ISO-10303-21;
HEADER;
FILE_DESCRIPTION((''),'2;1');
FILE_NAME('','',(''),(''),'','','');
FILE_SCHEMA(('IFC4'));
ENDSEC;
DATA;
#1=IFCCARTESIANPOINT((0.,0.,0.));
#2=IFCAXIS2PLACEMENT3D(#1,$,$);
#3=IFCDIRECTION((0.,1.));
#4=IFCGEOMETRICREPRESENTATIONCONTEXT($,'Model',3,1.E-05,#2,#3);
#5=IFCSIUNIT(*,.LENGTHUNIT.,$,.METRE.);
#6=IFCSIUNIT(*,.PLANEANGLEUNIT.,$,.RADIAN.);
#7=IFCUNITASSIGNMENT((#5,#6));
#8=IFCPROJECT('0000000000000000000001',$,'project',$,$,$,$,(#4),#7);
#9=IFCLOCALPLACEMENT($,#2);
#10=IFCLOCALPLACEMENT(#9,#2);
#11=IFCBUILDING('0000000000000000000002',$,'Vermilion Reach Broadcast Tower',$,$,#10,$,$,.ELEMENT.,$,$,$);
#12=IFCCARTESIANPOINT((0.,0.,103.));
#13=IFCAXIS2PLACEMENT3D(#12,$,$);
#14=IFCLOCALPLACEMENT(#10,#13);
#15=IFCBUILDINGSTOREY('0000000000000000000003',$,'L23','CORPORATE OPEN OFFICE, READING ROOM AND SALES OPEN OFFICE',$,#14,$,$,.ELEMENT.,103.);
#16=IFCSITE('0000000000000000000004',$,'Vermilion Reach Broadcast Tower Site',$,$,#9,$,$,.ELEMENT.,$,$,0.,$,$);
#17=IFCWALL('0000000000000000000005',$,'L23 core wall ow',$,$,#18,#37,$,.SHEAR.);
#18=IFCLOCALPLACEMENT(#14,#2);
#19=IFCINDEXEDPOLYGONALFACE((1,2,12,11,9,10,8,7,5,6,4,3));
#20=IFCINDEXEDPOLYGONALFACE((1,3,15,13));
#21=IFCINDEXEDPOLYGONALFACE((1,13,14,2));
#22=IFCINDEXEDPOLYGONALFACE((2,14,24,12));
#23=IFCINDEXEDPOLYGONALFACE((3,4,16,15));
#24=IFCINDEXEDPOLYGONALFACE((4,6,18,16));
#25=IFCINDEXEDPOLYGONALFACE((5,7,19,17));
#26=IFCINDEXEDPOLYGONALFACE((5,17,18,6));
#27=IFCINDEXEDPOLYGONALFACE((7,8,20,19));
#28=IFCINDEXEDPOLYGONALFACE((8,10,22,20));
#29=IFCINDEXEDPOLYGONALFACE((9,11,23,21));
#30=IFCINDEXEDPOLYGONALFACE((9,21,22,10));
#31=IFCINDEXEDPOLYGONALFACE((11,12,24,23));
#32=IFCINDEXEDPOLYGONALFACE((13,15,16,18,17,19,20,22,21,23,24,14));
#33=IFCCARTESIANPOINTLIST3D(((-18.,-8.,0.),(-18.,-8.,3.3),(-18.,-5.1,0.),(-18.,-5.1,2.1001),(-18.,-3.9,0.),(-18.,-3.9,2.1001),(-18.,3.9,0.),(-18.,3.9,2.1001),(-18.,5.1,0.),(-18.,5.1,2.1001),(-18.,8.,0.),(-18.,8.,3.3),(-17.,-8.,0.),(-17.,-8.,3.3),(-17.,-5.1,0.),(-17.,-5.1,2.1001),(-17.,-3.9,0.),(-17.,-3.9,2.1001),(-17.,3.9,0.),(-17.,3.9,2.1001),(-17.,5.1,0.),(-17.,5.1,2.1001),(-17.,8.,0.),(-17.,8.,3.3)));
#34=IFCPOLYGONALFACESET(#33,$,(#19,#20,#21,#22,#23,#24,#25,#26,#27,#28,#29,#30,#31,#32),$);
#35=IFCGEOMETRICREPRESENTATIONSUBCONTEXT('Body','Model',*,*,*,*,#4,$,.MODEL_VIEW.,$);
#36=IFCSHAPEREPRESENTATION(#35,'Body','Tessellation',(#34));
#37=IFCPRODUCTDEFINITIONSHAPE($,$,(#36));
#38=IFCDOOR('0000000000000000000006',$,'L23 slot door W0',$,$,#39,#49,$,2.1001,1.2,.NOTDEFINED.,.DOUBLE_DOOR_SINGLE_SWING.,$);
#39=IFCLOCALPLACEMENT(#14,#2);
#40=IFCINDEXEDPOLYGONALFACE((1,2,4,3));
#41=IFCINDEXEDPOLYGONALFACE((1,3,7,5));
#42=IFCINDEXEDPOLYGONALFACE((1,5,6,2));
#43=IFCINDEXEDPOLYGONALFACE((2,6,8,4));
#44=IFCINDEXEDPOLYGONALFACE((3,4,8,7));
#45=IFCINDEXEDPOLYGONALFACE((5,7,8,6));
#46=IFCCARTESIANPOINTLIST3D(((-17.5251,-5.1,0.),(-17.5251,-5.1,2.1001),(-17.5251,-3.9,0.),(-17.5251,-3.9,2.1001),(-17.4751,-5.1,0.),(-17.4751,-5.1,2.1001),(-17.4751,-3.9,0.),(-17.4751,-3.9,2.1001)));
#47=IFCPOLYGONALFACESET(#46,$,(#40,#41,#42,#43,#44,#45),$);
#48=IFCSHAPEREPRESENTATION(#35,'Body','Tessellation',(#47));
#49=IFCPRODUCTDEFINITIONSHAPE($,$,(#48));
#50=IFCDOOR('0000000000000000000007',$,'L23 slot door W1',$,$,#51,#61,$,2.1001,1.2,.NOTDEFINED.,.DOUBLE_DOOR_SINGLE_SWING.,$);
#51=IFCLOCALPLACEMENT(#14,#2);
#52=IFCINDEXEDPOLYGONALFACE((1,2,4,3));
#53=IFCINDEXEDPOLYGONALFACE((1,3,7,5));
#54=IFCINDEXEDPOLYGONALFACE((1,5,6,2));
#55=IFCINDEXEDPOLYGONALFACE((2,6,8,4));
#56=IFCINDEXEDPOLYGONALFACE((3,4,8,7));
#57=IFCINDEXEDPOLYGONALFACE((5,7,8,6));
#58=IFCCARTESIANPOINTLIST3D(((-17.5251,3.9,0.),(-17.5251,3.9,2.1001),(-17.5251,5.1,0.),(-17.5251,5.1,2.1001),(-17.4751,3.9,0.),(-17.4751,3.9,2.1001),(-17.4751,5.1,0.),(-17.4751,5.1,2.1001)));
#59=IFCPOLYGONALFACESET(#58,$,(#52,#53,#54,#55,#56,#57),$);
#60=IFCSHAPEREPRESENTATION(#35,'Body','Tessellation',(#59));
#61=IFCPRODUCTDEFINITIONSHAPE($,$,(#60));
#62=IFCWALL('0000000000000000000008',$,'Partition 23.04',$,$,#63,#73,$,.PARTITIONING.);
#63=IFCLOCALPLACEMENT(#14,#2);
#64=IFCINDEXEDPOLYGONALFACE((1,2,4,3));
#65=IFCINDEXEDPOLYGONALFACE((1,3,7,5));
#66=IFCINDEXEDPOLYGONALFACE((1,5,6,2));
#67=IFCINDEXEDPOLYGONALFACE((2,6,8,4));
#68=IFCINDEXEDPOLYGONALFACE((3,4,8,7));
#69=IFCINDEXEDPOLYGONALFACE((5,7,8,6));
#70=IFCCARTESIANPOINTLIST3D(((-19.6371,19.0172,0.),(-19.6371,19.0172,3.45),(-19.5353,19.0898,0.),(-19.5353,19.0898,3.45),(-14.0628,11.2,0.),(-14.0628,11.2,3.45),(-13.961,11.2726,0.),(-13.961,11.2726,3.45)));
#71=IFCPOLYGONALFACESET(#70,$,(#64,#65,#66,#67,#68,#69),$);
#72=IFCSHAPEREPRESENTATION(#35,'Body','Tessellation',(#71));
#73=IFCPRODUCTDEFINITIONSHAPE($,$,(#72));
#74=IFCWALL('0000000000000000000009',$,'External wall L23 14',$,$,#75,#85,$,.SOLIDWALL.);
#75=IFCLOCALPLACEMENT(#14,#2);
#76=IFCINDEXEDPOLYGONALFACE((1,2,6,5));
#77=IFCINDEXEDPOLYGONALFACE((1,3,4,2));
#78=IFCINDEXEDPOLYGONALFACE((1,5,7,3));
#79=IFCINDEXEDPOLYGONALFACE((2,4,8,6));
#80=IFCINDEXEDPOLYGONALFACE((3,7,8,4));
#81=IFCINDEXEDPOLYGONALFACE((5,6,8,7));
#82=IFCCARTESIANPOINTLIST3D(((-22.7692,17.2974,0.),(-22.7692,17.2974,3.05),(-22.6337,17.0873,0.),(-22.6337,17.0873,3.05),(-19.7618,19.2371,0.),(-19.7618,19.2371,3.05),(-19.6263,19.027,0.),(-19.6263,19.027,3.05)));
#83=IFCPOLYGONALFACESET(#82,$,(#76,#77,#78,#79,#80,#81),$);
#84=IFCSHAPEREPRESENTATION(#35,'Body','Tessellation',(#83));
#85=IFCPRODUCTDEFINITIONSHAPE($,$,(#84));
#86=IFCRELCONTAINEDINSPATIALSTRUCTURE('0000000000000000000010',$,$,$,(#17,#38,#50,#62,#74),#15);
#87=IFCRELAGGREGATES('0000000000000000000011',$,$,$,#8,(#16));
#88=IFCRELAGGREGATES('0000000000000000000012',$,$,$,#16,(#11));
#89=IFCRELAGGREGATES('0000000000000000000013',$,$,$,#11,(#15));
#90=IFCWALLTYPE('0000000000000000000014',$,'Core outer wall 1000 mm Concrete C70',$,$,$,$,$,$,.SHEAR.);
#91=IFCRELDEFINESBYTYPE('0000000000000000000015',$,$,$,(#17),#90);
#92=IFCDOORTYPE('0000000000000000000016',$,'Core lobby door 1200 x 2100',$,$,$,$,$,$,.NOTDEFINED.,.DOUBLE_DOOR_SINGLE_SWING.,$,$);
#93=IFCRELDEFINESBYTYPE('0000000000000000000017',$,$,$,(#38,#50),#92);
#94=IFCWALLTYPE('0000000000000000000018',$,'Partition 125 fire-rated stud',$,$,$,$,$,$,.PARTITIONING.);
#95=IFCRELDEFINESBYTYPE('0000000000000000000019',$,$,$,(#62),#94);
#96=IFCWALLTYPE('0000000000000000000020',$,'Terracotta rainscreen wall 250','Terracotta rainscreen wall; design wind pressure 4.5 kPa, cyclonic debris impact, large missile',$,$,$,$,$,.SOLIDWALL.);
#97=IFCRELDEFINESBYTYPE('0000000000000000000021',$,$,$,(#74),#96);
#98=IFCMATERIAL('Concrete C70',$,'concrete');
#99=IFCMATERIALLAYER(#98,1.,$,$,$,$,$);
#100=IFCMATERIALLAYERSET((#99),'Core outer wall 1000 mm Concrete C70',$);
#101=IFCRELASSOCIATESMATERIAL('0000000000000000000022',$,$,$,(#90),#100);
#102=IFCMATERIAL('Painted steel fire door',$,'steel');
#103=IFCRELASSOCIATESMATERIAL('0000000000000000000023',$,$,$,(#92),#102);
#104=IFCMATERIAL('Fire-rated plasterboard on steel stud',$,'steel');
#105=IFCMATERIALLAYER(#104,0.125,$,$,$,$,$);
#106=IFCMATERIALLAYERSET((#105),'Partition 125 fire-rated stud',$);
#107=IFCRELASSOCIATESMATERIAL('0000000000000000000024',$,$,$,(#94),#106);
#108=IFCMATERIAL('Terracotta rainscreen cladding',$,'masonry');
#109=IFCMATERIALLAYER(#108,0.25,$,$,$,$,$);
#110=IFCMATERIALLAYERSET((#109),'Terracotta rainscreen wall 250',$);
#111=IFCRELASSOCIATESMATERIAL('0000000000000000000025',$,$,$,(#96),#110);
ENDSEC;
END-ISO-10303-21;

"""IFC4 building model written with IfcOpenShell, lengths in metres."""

from ifc_helpers import new_model, si_unit, direction, frame, frame_2d, origin, place, context, subcontext, project, spatial, rectangle, extrude, material, layer, layer_set, type_object, element, fill, save


model = new_model("IFC4")

# Units and contexts
model_context = context("Model", 3, precision=1e-05, world=origin(), true_north=direction((0.0, 1.0)))
body_context = subcontext(model_context, "Body", "Model", "MODEL_VIEW")
ifc_project = project(units=[si_unit("LENGTHUNIT", "METRE"), si_unit("PLANEANGLEUNIT", "RADIAN")], contexts=[model_context])

# Site, building, storey
site_placement = place(None, origin())
site = spatial("IfcSite", under=ifc_project, at=site_placement, Name="Vermilion Reach Broadcast Tower Site", CompositionType="ELEMENT", RefElevation=0.0)
building_placement = place(site_placement, origin())
building = spatial("IfcBuilding", under=site, at=building_placement, Name="Vermilion Reach Broadcast Tower", CompositionType="ELEMENT")
storey_placement = place(building_placement, frame((0.0, 0.0, 103.0)))
storey = spatial("IfcBuildingStorey", under=building, at=storey_placement, Name="L23", Description="CORPORATE OPEN OFFICE, READING ROOM AND SALES OPEN OFFICE", CompositionType="ELEMENT", Elevation=103.0)

# Wall, openings, doors
ifc_material_1 = material(Name="Concrete C70", Category="concrete")
ifc_layer_1 = layer(ifc_material_1, 1.0)
ifc_layer_set_1 = layer_set([ifc_layer_1], Name="Core outer wall 1000 mm Concrete C70")
wall_type_1 = type_object("IfcWallType", Name="Core outer wall 1000 mm Concrete C70", PredefinedType="SHEAR", material=ifc_layer_set_1)
wall_1_placement = place(storey_placement, frame((-17.5, 8.0, 0.0), z_axis=(0.0, 0.0, 1.0), x_axis=(0.0, -1.0, 0.0)))
wall_1 = element("IfcWall", 1, at=wall_1_placement, inside=storey, type_object=wall_type_1, Name="L23 core wall ow", PredefinedType="SHEAR", context=body_context, shape_type="SweptSolid", body=[
    extrude(rectangle(XDim=16.0, YDim=1.0, at=frame_2d((8.0, 0.0))), origin(), (0.0, 0.0, 1.0), 3.3),
])
opening_1_placement = place(wall_1_placement, frame((11.8999, 0.0, 0.0)))
opening_1 = element("IfcOpeningElement", 2, at=opening_1_placement, cuts=wall_1, PredefinedType="OPENING", context=body_context, shape_type="SweptSolid", body=[
    extrude(rectangle(XDim=1.2, YDim=2.1001, at=frame_2d((0.6001, 1.05))), frame((0.0, 0.51, 0.0), z_axis=(0.0, -1.0, 0.0), x_axis=(1.0, 0.0, 0.0)), (0.0, 0.0, 1.0), 1.02),
])
opening_2_placement = place(wall_1_placement, frame((2.8999, 0.0, 0.0)))
opening_2 = element("IfcOpeningElement", 3, at=opening_2_placement, cuts=wall_1, PredefinedType="OPENING", context=body_context, shape_type="SweptSolid", body=[
    extrude(rectangle(XDim=1.2, YDim=2.1001, at=frame_2d((0.6001, 1.05))), frame((0.0, 0.51, 0.0), z_axis=(0.0, -1.0, 0.0), x_axis=(1.0, 0.0, 0.0)), (0.0, 0.0, 1.0), 1.02),
])
ifc_material_2 = material(Name="Painted steel fire door", Category="steel")
door_type_1 = type_object("IfcDoorType", Name="Core lobby door 1200 x 2100", OperationType="DOUBLE_DOOR_SINGLE_SWING", PredefinedType="NOTDEFINED", material=ifc_material_2)
door_1_placement = place(opening_1_placement, origin())
door_1 = element("IfcDoor", 4, at=door_1_placement, inside=storey, type_object=door_type_1, Name="L23 slot door W0", OperationType="DOUBLE_DOOR_SINGLE_SWING", OverallHeight=2.1001, OverallWidth=1.2, PredefinedType="NOTDEFINED", context=body_context, shape_type="SweptSolid", body=[
    extrude(rectangle(XDim=1.2, YDim=2.1001, at=frame_2d((0.6001, 1.05))), frame((0.0, 0.0249, 0.0), z_axis=(0.0, -1.0, 0.0), x_axis=(1.0, 0.0, 0.0)), (0.0, 0.0, 1.0), 0.05),
])
fill(opening_1, door_1)
door_2_placement = place(opening_2_placement, origin())
door_2 = element("IfcDoor", 5, at=door_2_placement, inside=storey, type_object=door_type_1, Name="L23 slot door W1", OperationType="DOUBLE_DOOR_SINGLE_SWING", OverallHeight=2.1001, OverallWidth=1.2, PredefinedType="NOTDEFINED", context=body_context, shape_type="SweptSolid", body=[
    extrude(rectangle(XDim=1.2, YDim=2.1001, at=frame_2d((0.6001, 1.05))), frame((0.0, 0.0249, 0.0), z_axis=(0.0, -1.0, 0.0), x_axis=(1.0, 0.0, 0.0)), (0.0, 0.0, 1.0), 0.05),
])
fill(opening_2, door_2)

# Walls
ifc_material_3 = material(Name="Fire-rated plasterboard on steel stud", Category="steel")
ifc_layer_2 = layer(ifc_material_3, 0.125)
ifc_layer_set_2 = layer_set([ifc_layer_2], Name="Partition 125 fire-rated stud")
wall_type_2 = type_object("IfcWallType", Name="Partition 125 fire-rated stud", PredefinedType="PARTITIONING", material=ifc_layer_set_2)
wall_2_placement = place(storey_placement, frame((-19.5862, 19.0535, 0.0), z_axis=(0.0, 0.0, 1.0), x_axis=(0.580586, -0.814199, 0.0)))
element("IfcWall", 6, at=wall_2_placement, inside=storey, type_object=wall_type_2, Name="Partition 23.04", PredefinedType="PARTITIONING", context=body_context, shape_type="SweptSolid", body=[
    extrude(rectangle(XDim=9.6011, YDim=0.125, at=frame_2d((4.8005, 0.0))), origin(), (0.0, 0.0, 1.0), 3.45),
])
ifc_material_4 = material(Name="Terracotta rainscreen cladding", Category="masonry")
ifc_layer_3 = layer(ifc_material_4, 0.25)
ifc_layer_set_3 = layer_set([ifc_layer_3], Name="Terracotta rainscreen wall 250")
wall_type_3 = type_object("IfcWallType", Name="Terracotta rainscreen wall 250", Description="Terracotta rainscreen wall; design wind pressure 4.5 kPa, cyclonic debris impact, large missile", PredefinedType="SOLIDWALL", material=ifc_layer_set_3)
wall_3_placement = place(storey_placement, frame((-19.6941, 19.1321, 0.0), z_axis=(0.0, 0.0, 1.0), x_axis=(-0.840362, -0.542026, 0.0)))
element("IfcWall", 7, at=wall_3_placement, inside=storey, type_object=wall_type_3, Name="External wall L23 14", PredefinedType="SOLIDWALL", context=body_context, shape_type="SweptSolid", body=[
    extrude(rectangle(XDim=3.5786, YDim=0.25, at=frame_2d((1.7893, 0.0))), origin(), (0.0, 0.0, 1.0), 3.05),
])

save(model, "model.ifc")
